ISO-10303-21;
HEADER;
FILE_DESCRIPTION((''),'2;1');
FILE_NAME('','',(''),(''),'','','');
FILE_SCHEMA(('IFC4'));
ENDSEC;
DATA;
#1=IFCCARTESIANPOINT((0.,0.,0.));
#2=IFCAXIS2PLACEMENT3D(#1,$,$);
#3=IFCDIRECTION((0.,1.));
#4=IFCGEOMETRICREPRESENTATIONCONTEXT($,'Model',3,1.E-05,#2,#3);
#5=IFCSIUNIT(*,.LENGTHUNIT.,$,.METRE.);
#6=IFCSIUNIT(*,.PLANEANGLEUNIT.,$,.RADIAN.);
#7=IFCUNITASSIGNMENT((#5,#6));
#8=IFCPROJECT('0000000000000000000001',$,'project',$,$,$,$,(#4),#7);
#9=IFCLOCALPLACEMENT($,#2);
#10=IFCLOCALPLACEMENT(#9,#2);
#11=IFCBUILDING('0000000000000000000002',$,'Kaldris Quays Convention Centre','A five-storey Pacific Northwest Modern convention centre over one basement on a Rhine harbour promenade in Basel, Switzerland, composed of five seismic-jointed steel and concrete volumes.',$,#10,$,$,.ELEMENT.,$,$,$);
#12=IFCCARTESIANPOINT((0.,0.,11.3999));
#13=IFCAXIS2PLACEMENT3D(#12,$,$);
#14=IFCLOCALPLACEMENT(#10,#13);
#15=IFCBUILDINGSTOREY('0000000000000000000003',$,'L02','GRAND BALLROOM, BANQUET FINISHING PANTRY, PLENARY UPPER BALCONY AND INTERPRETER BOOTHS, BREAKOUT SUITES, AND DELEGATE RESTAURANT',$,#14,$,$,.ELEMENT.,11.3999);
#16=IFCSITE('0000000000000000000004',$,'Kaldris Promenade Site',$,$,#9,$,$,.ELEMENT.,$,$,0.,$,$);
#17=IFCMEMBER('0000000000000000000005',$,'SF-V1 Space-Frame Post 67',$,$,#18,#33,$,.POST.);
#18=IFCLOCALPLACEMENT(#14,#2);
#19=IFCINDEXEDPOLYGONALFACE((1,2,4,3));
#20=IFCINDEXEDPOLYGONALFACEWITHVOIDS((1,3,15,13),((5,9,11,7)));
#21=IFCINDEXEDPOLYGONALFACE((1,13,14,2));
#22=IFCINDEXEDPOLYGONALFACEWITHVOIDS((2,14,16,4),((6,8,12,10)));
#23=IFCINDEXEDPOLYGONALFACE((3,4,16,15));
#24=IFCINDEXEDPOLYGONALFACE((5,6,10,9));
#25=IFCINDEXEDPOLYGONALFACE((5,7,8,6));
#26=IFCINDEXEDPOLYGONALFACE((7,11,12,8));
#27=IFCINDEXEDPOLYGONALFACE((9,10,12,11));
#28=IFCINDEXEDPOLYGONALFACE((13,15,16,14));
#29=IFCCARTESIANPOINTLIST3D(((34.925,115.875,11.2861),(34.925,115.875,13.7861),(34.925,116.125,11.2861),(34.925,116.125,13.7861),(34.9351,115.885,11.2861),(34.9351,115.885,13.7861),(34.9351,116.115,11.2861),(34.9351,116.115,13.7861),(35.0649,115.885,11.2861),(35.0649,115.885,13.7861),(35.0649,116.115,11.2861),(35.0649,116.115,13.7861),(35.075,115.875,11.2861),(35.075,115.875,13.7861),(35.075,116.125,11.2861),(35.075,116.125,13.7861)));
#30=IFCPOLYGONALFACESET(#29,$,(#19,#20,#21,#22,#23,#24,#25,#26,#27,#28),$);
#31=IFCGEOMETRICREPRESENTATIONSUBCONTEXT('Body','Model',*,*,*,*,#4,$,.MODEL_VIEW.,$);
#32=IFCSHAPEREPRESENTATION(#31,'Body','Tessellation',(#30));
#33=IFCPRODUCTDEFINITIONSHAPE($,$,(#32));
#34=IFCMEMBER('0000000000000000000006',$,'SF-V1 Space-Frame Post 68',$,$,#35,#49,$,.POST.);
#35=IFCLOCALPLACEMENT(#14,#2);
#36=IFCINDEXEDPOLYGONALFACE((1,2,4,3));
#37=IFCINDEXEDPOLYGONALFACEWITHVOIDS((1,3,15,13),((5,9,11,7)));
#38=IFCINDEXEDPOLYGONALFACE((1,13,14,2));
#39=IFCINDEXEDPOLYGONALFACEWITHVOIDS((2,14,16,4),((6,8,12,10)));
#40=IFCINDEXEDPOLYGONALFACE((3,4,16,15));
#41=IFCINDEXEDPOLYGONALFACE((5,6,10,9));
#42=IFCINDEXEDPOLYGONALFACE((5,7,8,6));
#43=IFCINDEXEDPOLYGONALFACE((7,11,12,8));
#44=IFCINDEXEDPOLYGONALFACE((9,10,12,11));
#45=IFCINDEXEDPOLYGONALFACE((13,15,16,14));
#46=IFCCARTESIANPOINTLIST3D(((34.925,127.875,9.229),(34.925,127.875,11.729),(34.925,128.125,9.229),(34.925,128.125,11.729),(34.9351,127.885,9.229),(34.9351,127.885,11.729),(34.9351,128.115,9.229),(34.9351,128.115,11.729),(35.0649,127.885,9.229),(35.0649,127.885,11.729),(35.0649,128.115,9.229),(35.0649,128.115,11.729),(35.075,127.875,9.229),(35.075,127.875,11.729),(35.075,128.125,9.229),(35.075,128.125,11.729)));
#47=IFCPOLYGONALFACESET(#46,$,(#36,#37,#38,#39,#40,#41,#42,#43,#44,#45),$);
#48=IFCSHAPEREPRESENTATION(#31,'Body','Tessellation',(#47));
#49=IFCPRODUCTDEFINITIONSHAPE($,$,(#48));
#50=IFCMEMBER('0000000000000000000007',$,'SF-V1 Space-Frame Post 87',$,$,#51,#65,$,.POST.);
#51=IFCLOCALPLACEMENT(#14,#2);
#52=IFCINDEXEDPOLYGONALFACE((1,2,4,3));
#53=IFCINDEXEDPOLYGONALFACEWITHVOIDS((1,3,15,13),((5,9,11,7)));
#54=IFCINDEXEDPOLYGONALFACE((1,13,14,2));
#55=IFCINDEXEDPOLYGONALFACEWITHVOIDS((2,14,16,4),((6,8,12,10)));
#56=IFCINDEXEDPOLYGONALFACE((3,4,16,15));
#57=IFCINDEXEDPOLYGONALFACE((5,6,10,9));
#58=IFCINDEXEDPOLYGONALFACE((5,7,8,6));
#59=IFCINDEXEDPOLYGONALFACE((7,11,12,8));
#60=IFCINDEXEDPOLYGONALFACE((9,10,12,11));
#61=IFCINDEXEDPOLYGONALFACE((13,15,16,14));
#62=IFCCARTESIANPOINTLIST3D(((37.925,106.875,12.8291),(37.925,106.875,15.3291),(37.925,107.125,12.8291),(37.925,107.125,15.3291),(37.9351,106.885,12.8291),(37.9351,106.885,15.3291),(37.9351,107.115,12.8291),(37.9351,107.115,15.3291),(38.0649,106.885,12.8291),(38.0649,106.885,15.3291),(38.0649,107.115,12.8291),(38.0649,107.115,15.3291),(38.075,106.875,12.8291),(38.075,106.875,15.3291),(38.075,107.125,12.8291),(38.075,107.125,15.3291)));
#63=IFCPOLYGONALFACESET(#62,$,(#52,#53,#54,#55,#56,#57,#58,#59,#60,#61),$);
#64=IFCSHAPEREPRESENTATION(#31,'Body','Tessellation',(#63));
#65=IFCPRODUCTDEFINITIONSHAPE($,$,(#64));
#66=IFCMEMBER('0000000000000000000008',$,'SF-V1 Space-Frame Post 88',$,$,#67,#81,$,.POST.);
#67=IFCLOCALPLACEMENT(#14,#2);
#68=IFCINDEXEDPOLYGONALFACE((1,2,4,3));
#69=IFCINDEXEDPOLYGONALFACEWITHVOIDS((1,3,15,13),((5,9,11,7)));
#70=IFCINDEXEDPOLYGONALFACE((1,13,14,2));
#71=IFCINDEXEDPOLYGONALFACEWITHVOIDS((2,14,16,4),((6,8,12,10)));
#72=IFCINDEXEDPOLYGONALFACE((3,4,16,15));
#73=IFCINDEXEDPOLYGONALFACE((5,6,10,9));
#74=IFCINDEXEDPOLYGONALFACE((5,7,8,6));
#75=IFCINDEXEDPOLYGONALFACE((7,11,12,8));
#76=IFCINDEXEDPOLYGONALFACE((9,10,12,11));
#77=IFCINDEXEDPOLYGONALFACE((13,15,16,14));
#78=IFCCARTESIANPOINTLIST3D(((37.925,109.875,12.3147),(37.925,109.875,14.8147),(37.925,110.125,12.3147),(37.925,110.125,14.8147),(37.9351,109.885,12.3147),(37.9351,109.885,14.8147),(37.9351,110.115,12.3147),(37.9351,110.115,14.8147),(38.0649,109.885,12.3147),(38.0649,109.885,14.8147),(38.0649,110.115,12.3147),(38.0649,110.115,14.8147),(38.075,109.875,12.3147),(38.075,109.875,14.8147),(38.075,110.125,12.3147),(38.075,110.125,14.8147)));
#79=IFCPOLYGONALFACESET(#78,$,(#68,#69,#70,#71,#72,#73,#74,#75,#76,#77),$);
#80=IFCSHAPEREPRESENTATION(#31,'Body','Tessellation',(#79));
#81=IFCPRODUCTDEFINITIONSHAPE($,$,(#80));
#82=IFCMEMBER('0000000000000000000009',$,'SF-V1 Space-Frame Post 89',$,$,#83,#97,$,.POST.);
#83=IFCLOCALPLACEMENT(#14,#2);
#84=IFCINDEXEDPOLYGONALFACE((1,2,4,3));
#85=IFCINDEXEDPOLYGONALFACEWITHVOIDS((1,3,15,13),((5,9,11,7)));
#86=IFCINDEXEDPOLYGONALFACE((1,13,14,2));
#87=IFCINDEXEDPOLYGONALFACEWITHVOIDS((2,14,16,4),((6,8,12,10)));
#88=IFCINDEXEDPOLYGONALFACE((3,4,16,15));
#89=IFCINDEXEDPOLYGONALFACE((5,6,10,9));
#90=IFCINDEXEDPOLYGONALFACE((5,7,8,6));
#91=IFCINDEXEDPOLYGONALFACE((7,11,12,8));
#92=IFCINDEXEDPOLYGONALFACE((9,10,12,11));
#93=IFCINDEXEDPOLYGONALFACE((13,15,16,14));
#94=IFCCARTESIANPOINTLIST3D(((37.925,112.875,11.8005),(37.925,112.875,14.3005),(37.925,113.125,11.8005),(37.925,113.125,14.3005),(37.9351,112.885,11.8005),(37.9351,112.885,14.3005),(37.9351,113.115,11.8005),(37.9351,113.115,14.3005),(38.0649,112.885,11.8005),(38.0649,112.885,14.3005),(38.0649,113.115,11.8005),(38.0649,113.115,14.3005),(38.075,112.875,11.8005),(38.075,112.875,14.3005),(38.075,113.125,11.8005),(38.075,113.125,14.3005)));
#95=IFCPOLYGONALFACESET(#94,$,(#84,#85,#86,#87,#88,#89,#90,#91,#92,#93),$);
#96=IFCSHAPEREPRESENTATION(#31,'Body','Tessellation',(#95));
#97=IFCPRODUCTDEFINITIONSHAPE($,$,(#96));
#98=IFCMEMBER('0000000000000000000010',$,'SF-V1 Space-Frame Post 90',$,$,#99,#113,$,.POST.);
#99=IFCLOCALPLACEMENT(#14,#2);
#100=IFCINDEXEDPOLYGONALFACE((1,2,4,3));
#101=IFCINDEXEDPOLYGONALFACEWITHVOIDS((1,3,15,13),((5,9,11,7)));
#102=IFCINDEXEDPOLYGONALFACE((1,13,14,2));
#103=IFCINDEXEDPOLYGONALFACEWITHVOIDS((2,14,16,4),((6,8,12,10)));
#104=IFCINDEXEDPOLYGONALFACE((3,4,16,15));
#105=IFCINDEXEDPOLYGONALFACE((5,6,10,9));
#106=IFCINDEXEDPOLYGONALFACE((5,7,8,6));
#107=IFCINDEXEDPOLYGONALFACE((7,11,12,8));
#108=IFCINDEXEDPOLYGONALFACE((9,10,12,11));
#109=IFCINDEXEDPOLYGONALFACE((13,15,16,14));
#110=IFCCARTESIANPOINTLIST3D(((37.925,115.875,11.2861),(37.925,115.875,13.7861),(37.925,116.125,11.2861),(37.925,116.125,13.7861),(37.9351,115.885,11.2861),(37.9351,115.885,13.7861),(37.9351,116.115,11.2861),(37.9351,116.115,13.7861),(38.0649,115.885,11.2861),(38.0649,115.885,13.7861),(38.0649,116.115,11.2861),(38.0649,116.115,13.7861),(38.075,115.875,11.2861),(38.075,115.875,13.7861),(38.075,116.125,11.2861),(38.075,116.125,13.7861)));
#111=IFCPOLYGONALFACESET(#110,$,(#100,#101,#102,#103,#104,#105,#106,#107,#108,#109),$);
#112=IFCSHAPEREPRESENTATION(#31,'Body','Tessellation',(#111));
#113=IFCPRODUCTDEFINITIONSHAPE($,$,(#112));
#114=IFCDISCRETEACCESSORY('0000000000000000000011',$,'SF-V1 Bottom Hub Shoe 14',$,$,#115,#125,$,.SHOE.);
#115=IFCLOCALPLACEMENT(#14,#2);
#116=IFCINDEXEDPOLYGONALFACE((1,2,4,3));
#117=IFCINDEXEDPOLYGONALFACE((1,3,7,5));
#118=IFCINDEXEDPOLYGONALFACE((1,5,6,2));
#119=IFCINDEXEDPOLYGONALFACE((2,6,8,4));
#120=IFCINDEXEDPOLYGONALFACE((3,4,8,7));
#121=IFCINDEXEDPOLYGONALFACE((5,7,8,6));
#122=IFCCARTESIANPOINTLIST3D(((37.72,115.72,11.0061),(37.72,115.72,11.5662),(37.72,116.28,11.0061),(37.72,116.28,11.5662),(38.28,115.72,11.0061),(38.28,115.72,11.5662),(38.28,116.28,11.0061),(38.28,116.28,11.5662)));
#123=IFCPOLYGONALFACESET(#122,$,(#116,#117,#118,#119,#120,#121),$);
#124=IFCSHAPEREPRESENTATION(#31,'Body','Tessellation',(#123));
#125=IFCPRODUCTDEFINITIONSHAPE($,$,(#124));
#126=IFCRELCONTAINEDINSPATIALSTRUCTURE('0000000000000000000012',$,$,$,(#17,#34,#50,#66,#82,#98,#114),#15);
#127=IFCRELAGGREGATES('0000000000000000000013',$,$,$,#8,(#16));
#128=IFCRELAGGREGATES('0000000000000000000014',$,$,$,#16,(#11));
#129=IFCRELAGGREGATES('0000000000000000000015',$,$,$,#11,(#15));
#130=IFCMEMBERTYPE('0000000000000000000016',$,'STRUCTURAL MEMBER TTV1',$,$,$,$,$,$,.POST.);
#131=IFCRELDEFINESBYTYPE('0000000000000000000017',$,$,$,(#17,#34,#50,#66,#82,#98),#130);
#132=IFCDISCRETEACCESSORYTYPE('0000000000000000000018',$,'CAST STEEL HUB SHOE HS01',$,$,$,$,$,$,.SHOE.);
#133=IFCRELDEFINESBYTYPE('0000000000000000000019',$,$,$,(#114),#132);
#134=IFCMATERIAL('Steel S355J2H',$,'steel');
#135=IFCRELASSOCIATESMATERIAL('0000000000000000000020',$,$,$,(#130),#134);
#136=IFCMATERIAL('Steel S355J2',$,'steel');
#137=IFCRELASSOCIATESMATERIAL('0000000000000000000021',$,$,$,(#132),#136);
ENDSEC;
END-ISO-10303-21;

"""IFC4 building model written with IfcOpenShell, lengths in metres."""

from ifc_helpers import new_model, si_unit, direction, frame, origin, origin_2d, place, context, subcontext, project, spatial, rectangle, hollow_rectangle, extrude, material, material_profile, profile_set, type_object, element, save


model = new_model("IFC4")

# Units and contexts
model_context = context("Model", 3, precision=1e-05, world=origin(), true_north=direction((0.0, 1.0)))
body_context = subcontext(model_context, "Body", "Model", "MODEL_VIEW")
ifc_project = project(units=[si_unit("LENGTHUNIT", "METRE"), si_unit("PLANEANGLEUNIT", "RADIAN")], contexts=[model_context])

# Site, building, storey
site_placement = place(None, origin())
site = spatial("IfcSite", under=ifc_project, at=site_placement, Name="Kaldris Promenade Site", CompositionType="ELEMENT", RefElevation=0.0)
building_placement = place(site_placement, origin())
building = spatial("IfcBuilding", under=site, at=building_placement, Name="Kaldris Quays Convention Centre", Description="A five-storey Pacific Northwest Modern convention centre over one basement on a Rhine harbour promenade in Basel, Switzerland, composed of five seismic-jointed steel and concrete volumes.", CompositionType="ELEMENT")
storey_placement = place(building_placement, frame((0.0, 0.0, 11.3999)))
storey = spatial("IfcBuildingStorey", under=building, at=storey_placement, Name="L02", Description="GRAND BALLROOM, BANQUET FINISHING PANTRY, PLENARY UPPER BALCONY AND INTERPRETER BOOTHS, BREAKOUT SUITES, AND DELEGATE RESTAURANT", CompositionType="ELEMENT", Elevation=11.3999)

# Members
ifc_material_1 = material(Name="Steel S355J2H", Category="steel")
ifc_material_profile_1 = material_profile(ifc_material_1, hollow_rectangle(XDim=0.1499, YDim=0.25, WallThickness=0.01, at=origin_2d()), Name="RHS 250x150x10")
ifc_profile_set_1 = profile_set([ifc_material_profile_1], Name="Steel S355J2H")
member_type_1 = type_object("IfcMemberType", Name="STRUCTURAL MEMBER TTV1", PredefinedType="POST", material=ifc_profile_set_1)
for number, where, z_axis, x_axis, name in (
    (1, (35.0, 116.0, 11.2861), (0.0, 0.0, 1.0), (1.0, 0.0, 0.0), "SF-V1 Space-Frame Post 67"),
    (2, (35.0, 128.0, 9.229), (0.0, 0.0, 1.0), (1.0, 0.0, 0.0), "SF-V1 Space-Frame Post 68"),
    (3, (38.0, 107.0, 12.8291), (0.0, 0.0, 1.0), (1.0, 0.0, 0.0), "SF-V1 Space-Frame Post 87"),
    (4, (38.0, 110.0, 12.3147), (0.0, 0.0, 1.0), (1.0, 0.0, 0.0), "SF-V1 Space-Frame Post 88"),
    (5, (38.0, 113.0, 11.8005), (0.0, 0.0, 1.0), (1.0, 0.0, 0.0), "SF-V1 Space-Frame Post 89"),
    (6, (38.0, 116.0, 11.2861), (0.0, 0.0, 1.0), (1.0, 0.0, 0.0), "SF-V1 Space-Frame Post 90"),
):
    element("IfcMember", number, at=place(storey_placement, frame(where, z_axis=z_axis, x_axis=x_axis)), inside=storey, type_object=member_type_1, Name=name, PredefinedType="POST", context=body_context, shape_type="SweptSolid", body=[
        extrude(hollow_rectangle(XDim=0.1499, YDim=0.25, WallThickness=0.01, at=origin_2d()), origin(), (0.0, 0.0, 1.0), 2.5),
    ])

# Discrete accessory
ifc_material_2 = material(Name="Steel S355J2", Category="steel")
discrete_accessory_type = type_object("IfcDiscreteAccessoryType", Name="CAST STEEL HUB SHOE HS01", PredefinedType="SHOE", material=ifc_material_2)
discrete_accessory_placement = place(storey_placement, frame((38.0, 116.0, 11.0061), z_axis=(0.0, 0.0, 1.0), x_axis=(1.0, 0.0, 0.0)))
element("IfcDiscreteAccessory", 7, at=discrete_accessory_placement, inside=storey, type_object=discrete_accessory_type, Name="SF-V1 Bottom Hub Shoe 14", PredefinedType="SHOE", context=body_context, shape_type="SweptSolid", body=[
    extrude(rectangle(XDim=0.5601, YDim=0.5601, at=origin_2d()), origin(), (0.0, 0.0, 1.0), 0.5601),
])

save(model, "model.ifc")
